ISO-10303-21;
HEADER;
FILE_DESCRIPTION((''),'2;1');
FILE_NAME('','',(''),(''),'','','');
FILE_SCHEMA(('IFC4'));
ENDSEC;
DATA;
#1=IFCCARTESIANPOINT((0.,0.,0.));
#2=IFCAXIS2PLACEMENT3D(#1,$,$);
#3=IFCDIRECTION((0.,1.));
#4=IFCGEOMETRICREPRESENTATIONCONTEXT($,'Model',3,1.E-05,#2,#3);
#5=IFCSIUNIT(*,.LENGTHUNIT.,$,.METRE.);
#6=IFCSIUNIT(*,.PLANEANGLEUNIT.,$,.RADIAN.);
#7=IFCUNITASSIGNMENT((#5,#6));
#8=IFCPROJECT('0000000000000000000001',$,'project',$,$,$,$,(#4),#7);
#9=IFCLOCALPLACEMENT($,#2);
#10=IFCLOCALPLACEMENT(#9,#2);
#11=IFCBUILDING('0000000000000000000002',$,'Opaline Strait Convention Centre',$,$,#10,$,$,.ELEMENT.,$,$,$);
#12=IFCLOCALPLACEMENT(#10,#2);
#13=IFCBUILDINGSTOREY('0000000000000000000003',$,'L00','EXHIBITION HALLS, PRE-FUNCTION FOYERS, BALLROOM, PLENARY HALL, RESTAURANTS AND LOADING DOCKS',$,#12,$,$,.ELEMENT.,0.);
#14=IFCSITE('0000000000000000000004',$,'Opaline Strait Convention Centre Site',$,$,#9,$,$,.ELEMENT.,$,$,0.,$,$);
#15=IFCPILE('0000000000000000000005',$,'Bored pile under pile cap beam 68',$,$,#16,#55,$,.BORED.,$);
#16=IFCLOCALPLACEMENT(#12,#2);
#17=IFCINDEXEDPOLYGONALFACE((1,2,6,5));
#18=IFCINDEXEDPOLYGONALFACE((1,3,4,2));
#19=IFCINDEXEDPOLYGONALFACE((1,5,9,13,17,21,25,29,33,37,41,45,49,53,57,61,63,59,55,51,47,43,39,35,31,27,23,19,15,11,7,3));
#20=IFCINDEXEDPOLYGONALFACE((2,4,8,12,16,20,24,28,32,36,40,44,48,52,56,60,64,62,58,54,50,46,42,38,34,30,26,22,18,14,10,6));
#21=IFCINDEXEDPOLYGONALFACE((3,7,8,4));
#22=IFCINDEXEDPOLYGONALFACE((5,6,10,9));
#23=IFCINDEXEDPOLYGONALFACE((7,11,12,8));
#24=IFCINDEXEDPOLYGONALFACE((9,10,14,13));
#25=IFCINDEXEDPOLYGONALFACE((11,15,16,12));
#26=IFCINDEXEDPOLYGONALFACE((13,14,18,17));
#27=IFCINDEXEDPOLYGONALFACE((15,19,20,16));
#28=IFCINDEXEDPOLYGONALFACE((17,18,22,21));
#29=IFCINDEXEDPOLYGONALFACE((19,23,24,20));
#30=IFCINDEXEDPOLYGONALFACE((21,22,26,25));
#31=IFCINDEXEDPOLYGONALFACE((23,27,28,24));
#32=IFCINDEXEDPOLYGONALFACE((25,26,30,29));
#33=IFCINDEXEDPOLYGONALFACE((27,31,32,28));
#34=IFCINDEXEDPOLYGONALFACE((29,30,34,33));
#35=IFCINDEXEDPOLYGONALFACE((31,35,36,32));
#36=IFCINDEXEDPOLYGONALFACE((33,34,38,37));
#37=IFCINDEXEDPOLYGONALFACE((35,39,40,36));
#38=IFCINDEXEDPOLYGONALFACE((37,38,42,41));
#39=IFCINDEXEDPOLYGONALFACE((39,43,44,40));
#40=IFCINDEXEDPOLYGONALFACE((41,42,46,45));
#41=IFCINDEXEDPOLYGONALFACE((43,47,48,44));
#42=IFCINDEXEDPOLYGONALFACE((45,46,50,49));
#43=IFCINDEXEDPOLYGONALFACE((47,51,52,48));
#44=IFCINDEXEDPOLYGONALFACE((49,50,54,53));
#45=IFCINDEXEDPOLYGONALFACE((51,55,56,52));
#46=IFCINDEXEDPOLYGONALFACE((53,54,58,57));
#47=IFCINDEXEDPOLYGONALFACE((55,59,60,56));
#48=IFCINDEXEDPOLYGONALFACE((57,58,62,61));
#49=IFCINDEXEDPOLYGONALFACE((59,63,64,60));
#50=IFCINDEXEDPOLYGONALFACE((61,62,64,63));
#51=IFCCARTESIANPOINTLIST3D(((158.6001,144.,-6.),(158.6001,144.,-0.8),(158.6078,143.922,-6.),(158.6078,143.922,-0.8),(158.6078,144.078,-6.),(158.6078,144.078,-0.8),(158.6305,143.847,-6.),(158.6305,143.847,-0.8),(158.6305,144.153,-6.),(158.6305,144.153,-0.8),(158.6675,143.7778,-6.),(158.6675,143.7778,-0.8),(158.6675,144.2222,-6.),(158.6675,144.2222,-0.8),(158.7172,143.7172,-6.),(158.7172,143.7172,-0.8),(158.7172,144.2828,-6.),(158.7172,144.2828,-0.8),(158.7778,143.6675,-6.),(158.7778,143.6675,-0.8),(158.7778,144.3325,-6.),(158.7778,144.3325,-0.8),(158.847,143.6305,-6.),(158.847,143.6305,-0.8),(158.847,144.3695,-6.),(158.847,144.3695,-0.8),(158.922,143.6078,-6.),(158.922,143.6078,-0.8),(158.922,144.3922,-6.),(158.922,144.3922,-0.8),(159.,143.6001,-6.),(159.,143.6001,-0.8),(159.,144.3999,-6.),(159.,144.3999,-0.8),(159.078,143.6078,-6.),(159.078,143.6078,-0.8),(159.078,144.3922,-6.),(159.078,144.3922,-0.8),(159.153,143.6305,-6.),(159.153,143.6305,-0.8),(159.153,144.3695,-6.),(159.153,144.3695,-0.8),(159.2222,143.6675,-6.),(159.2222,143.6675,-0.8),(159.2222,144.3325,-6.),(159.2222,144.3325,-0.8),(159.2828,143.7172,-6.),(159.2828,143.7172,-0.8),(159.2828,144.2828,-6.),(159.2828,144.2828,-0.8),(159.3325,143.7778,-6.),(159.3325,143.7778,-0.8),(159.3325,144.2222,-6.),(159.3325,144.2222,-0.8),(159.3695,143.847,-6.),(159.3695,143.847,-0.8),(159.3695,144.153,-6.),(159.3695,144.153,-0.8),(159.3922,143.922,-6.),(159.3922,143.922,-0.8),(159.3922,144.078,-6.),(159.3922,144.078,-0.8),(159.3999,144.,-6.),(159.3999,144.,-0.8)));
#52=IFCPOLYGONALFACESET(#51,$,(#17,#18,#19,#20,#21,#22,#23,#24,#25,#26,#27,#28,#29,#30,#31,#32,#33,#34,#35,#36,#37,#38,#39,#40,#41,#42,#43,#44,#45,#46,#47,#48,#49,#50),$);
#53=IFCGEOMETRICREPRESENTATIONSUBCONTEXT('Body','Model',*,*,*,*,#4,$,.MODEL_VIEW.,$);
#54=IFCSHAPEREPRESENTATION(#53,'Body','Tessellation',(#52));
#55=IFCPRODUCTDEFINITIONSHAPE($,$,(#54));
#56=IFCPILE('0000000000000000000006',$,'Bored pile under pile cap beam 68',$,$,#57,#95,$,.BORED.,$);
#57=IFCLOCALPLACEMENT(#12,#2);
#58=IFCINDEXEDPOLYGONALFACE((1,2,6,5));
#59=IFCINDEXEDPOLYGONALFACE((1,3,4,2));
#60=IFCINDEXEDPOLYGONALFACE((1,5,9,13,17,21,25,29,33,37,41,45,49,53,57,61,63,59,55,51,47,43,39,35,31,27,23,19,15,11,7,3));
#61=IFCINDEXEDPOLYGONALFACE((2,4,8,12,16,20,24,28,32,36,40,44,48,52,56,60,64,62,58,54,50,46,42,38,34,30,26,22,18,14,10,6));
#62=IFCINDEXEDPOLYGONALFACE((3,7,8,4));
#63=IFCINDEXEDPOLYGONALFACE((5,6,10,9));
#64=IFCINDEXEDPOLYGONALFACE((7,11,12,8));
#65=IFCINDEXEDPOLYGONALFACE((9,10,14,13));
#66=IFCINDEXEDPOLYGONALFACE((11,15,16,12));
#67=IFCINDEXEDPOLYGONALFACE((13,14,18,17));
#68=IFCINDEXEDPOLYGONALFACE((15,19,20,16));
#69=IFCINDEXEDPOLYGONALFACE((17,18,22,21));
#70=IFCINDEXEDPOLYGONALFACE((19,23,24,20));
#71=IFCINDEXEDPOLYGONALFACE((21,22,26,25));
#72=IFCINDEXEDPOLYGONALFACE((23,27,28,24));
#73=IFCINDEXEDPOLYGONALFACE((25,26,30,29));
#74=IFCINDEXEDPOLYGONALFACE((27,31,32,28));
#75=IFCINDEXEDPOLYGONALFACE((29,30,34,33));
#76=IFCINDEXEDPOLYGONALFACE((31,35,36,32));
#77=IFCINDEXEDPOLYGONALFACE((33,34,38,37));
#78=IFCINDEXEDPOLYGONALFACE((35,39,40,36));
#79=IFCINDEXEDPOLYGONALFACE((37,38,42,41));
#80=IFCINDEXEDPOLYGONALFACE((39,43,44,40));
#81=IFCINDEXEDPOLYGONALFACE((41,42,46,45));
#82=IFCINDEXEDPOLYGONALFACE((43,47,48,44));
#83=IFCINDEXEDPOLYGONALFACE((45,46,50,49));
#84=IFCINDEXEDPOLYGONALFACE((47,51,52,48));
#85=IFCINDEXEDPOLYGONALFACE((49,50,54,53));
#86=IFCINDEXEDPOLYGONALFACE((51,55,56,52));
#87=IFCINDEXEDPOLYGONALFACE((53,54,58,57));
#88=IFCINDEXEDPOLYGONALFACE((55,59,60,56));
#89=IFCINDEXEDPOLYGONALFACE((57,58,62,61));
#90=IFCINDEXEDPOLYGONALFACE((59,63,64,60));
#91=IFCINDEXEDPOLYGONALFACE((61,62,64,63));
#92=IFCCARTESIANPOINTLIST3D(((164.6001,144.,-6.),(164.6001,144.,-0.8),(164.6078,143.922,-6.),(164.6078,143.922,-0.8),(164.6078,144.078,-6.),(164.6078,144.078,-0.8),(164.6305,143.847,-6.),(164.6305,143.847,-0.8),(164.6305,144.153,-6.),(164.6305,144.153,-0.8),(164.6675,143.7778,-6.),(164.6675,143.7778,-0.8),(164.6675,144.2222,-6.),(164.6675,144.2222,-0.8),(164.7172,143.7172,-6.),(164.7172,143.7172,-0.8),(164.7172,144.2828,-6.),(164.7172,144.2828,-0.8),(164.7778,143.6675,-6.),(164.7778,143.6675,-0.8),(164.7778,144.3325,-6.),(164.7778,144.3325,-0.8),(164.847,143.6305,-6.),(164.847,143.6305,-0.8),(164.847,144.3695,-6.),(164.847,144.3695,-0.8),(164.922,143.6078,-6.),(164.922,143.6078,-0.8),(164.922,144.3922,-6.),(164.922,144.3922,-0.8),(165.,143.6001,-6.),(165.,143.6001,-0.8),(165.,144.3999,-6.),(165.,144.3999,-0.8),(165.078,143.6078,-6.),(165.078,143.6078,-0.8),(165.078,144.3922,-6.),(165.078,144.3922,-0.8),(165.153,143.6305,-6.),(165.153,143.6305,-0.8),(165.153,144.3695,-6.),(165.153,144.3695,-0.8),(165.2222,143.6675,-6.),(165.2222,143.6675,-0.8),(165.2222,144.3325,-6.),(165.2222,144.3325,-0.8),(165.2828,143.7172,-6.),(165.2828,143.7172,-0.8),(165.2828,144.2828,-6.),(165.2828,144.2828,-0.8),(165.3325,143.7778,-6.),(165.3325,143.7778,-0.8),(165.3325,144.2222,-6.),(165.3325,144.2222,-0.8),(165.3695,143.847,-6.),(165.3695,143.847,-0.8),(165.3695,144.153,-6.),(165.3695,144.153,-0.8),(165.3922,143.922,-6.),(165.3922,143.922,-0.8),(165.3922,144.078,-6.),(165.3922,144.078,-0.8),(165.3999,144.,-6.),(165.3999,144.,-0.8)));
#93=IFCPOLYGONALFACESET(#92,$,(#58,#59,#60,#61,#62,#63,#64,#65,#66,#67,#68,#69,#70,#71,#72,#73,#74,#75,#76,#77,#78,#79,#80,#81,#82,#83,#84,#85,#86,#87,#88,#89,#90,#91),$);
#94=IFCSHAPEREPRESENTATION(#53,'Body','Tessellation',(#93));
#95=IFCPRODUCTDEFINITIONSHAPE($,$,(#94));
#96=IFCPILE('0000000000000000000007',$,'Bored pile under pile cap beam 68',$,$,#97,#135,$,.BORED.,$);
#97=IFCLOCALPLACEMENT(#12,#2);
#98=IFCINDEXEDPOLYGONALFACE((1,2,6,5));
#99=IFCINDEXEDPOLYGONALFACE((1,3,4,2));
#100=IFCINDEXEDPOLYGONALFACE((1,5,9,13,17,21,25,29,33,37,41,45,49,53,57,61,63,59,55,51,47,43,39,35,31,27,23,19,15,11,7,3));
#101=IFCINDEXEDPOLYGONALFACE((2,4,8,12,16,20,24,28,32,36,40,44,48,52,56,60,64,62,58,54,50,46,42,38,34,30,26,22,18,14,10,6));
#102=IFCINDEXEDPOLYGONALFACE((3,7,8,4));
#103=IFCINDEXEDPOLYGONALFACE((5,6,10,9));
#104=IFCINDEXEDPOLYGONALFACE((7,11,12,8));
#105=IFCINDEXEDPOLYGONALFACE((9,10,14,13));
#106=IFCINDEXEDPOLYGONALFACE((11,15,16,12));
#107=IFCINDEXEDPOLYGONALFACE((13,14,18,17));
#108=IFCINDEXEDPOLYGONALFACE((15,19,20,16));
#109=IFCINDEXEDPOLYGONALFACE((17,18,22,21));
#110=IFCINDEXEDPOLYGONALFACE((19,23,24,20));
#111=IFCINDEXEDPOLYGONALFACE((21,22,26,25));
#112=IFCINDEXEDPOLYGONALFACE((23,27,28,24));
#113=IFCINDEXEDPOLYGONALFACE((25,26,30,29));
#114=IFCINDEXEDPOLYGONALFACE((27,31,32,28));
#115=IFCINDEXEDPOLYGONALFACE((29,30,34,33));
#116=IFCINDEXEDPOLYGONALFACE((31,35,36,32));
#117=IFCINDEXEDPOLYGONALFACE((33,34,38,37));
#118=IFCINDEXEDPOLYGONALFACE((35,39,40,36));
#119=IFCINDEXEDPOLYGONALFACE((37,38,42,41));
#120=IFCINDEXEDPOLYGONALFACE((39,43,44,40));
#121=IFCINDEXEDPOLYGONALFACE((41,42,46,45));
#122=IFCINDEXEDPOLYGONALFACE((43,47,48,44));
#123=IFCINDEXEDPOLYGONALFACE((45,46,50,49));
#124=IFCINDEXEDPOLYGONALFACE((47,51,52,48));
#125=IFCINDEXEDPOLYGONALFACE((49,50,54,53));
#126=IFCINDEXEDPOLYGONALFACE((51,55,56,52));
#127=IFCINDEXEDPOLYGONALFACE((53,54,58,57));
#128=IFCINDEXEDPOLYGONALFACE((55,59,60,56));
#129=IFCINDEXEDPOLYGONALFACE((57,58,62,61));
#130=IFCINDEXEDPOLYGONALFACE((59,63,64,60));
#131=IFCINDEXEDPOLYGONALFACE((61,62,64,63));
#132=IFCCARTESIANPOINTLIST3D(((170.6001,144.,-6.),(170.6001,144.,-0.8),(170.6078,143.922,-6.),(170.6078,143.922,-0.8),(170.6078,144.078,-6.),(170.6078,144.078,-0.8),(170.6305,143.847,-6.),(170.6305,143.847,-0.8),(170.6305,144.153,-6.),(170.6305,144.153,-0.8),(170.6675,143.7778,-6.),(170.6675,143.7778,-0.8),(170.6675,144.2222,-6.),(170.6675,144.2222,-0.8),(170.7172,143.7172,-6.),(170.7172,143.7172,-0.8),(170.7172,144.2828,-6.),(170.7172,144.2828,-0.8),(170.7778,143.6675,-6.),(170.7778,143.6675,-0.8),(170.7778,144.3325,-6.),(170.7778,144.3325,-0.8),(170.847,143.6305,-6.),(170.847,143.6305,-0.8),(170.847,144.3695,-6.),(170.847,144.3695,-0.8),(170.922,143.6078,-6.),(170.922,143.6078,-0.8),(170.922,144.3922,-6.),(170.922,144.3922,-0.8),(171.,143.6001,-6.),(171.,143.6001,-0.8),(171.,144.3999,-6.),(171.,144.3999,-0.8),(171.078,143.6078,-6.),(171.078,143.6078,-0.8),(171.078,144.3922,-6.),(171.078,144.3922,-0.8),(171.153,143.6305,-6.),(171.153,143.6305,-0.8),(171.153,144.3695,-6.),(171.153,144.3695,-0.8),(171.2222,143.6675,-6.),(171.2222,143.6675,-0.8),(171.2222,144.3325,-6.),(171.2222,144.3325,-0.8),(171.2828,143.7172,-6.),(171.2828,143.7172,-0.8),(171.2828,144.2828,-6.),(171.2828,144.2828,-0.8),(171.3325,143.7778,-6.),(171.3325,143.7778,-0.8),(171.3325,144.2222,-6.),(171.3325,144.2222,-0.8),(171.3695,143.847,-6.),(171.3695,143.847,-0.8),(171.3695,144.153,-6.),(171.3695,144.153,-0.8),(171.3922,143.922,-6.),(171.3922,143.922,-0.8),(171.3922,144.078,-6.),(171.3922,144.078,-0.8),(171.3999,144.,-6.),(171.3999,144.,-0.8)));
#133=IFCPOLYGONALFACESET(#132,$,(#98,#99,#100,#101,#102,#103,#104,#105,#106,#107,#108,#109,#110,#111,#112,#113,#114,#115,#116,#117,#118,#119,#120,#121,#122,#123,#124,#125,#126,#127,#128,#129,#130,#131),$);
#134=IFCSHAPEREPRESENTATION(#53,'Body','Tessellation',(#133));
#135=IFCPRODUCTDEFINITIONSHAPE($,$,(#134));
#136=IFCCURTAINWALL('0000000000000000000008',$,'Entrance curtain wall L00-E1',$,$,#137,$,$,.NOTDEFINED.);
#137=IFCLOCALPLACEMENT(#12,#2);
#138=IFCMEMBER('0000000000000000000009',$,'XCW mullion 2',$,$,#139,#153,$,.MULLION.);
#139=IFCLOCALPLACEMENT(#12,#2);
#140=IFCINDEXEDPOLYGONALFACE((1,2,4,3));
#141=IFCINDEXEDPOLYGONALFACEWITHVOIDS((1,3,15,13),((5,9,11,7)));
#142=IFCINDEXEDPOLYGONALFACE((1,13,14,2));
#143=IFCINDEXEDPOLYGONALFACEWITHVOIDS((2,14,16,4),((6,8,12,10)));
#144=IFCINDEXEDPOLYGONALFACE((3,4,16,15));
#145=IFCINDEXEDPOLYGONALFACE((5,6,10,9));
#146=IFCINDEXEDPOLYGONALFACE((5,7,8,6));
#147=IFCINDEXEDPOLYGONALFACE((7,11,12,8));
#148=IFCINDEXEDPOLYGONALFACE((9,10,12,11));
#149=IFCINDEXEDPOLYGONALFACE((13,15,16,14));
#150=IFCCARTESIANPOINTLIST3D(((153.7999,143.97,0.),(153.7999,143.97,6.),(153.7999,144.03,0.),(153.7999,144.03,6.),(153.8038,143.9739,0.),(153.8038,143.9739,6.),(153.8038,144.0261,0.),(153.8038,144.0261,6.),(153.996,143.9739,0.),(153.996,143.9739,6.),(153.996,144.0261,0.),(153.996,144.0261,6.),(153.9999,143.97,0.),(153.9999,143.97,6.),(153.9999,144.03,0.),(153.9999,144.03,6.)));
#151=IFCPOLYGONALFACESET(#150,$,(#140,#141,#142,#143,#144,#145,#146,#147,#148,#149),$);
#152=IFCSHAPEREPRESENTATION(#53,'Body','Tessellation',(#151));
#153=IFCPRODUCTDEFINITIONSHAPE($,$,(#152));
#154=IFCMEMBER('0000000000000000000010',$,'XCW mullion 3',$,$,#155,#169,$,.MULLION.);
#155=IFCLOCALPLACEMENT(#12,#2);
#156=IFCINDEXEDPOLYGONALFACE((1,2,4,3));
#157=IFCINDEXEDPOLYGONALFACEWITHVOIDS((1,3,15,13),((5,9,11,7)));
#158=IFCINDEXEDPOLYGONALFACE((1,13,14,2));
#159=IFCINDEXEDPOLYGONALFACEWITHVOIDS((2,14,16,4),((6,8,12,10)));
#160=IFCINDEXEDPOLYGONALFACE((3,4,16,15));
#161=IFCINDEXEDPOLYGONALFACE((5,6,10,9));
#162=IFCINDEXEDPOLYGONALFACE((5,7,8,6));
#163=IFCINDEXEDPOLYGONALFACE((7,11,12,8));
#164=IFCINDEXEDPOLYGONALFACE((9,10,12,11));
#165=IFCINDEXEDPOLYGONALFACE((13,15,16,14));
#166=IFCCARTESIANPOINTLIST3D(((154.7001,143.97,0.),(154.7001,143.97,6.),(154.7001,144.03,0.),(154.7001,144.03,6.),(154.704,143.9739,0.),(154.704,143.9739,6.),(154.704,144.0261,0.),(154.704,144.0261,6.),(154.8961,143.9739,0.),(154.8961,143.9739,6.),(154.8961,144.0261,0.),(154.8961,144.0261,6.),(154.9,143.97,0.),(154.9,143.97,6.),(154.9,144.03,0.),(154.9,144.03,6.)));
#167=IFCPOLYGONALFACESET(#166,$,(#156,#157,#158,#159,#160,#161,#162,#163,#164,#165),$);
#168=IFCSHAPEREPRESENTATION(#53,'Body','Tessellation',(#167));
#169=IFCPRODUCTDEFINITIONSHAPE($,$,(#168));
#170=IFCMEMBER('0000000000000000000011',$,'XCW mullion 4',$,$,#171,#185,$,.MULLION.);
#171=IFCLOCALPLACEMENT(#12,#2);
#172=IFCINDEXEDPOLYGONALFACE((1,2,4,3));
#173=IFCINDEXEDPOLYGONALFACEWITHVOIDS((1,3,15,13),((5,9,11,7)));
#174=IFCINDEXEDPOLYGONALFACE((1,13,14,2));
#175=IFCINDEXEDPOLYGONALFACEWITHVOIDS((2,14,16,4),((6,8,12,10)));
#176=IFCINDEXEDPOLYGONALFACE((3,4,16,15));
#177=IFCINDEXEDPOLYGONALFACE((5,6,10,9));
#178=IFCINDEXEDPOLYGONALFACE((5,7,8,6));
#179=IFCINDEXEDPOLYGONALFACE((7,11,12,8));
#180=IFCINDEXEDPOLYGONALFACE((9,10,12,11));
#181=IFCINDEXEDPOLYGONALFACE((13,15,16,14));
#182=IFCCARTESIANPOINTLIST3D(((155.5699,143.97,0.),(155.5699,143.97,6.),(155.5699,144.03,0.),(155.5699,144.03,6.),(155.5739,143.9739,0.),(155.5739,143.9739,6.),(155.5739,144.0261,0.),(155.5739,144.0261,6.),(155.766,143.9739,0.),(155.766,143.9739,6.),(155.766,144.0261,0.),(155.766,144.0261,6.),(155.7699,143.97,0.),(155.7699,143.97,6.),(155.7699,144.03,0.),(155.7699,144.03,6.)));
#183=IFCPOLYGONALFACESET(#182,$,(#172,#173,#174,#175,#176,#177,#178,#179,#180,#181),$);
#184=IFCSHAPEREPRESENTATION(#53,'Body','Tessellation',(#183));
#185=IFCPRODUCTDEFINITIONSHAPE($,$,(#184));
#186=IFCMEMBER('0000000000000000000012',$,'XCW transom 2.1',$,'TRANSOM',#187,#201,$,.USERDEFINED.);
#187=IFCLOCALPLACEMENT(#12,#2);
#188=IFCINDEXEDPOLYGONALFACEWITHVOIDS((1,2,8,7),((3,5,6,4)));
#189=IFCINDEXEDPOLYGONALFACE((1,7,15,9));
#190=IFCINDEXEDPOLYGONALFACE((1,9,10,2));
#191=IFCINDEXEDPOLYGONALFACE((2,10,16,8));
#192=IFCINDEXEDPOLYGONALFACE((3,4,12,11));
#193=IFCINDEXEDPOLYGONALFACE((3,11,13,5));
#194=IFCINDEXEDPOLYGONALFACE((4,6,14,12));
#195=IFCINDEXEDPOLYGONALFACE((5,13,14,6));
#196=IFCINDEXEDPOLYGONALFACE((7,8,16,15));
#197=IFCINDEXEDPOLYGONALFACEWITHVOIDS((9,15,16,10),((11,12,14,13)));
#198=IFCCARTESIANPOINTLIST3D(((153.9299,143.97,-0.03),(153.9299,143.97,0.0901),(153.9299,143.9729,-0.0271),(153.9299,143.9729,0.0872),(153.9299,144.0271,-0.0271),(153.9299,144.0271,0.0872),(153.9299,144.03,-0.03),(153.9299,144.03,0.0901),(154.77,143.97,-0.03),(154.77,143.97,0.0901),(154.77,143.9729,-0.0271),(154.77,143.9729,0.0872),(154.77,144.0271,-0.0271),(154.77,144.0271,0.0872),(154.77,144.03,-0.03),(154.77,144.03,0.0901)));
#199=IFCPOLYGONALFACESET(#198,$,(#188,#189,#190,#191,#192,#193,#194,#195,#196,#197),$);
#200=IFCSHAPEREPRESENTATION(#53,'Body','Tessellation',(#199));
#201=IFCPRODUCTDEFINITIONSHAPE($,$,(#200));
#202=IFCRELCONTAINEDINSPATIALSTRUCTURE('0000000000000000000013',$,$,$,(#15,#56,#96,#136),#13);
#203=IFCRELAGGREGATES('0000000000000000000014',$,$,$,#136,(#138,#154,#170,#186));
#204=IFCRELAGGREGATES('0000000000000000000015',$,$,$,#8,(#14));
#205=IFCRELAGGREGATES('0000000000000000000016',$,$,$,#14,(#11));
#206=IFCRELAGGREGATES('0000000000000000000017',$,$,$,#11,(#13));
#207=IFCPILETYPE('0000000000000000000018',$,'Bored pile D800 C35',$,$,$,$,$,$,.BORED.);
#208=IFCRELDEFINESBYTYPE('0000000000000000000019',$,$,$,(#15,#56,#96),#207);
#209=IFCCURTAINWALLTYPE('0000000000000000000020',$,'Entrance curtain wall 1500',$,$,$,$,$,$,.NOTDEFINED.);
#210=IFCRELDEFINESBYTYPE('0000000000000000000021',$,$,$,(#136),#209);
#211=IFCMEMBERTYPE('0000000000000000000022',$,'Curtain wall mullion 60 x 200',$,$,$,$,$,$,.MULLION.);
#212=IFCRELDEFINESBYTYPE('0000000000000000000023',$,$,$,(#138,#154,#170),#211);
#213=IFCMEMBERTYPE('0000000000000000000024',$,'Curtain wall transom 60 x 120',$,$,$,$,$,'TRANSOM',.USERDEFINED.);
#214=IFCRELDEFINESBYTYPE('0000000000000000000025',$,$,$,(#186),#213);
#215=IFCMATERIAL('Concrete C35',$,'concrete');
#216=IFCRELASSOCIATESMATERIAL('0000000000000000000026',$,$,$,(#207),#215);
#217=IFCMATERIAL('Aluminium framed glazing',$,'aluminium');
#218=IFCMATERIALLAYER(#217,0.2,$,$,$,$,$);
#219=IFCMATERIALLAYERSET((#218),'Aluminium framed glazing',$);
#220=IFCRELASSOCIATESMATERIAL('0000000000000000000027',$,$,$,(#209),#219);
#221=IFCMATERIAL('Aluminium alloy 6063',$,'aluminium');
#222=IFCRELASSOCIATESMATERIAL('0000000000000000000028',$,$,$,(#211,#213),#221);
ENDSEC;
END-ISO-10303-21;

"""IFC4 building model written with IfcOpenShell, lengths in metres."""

from ifc_helpers import new_model, si_unit, direction, frame, origin, origin_2d, place, context, subcontext, project, spatial, hollow_rectangle, circle, extrude, material, layer, layer_set, material_profile, profile_set, type_object, element, aggregate, save


model = new_model("IFC4")

# Units and contexts
model_context = context("Model", 3, precision=1e-05, world=origin(), true_north=direction((0.0, 1.0)))
body_context = subcontext(model_context, "Body", "Model", "MODEL_VIEW")
ifc_project = project(units=[si_unit("LENGTHUNIT", "METRE"), si_unit("PLANEANGLEUNIT", "RADIAN")], contexts=[model_context])

# Site, building, storey
site_placement = place(None, origin())
site = spatial("IfcSite", under=ifc_project, at=site_placement, Name="Opaline Strait Convention Centre Site", CompositionType="ELEMENT", RefElevation=0.0)
building_placement = place(site_placement, origin())
building = spatial("IfcBuilding", under=site, at=building_placement, Name="Opaline Strait Convention Centre", CompositionType="ELEMENT")
storey_placement = place(building_placement, origin())
storey = spatial("IfcBuildingStorey", under=building, at=storey_placement, Name="L00", Description="EXHIBITION HALLS, PRE-FUNCTION FOYERS, BALLROOM, PLENARY HALL, RESTAURANTS AND LOADING DOCKS", CompositionType="ELEMENT", Elevation=0.0)

# Piles
ifc_material_1 = material(Name="Concrete C35", Category="concrete")
ifc_material_profile_1 = material_profile(ifc_material_1, circle(Radius=0.3999, at=origin_2d()), Name="D800")
ifc_profile_set_1 = profile_set([ifc_material_profile_1], Name="Concrete C35")
pile_type = type_object("IfcPileType", Name="Bored pile D800 C35", PredefinedType="BORED", material=ifc_profile_set_1)
for number, where, z_axis, x_axis, name in (
    (1, (159.0, 144.0, -0.8), (0.0, 0.0, -1.0), (1.0, 0.0, 0.0), "Bored pile under pile cap beam 68"),
    (2, (165.0, 144.0, -0.8), (0.0, 0.0, -1.0), (1.0, 0.0, 0.0), "Bored pile under pile cap beam 68"),
    (3, (171.0, 144.0, -0.8), (0.0, 0.0, -1.0), (1.0, 0.0, 0.0), "Bored pile under pile cap beam 68"),
):
    element("IfcPile", number, at=place(storey_placement, frame(where, z_axis=z_axis, x_axis=x_axis)), inside=storey, type_object=pile_type, Name=name, PredefinedType="BORED", context=body_context, shape_type="SweptSolid", body=[
        extrude(circle(Radius=0.3999, at=origin_2d()), origin(), (0.0, 0.0, 1.0), 5.2),
    ])

# Curtain wall, members
ifc_material_2 = material(Name="Aluminium framed glazing", Category="aluminium")
ifc_layer_1 = layer(ifc_material_2, 0.2)
ifc_layer_set_1 = layer_set([ifc_layer_1], Name="Aluminium framed glazing")
curtain_wall_type = type_object("IfcCurtainWallType", Name="Entrance curtain wall 1500", PredefinedType="NOTDEFINED", material=ifc_layer_set_1)
curtain_wall_placement = place(storey_placement, origin())
curtain_wall = element("IfcCurtainWall", 4, at=curtain_wall_placement, inside=storey, type_object=curtain_wall_type, Name="Entrance curtain wall L00-E1", PredefinedType="NOTDEFINED")
ifc_material_3 = material(Name="Aluminium alloy 6063", Category="aluminium")
ifc_material_profile_2 = material_profile(ifc_material_3, hollow_rectangle(XDim=0.0601, YDim=0.2, WallThickness=0.0039, at=origin_2d()), Name="MULLION 60x200x4")
ifc_profile_set_2 = profile_set([ifc_material_profile_2], Name="Aluminium alloy 6063")
member_type_1 = type_object("IfcMemberType", Name="Curtain wall mullion 60 x 200", PredefinedType="MULLION", material=ifc_profile_set_2)
member_1_placement = place(storey_placement, frame((153.8999, 144.0, 0.0), z_axis=(0.0, 0.0, 1.0), x_axis=(0.0, 1.0, 0.0)))
member_1 = element("IfcMember", 5, at=member_1_placement, type_object=member_type_1, Name="XCW mullion 2", PredefinedType="MULLION", context=body_context, shape_type="SweptSolid", body=[
    extrude(hollow_rectangle(XDim=0.0601, YDim=0.2, WallThickness=0.0039, at=origin_2d()), origin(), (0.0, 0.0, 1.0), 6.0),
])
member_2_placement = place(storey_placement, frame((154.8, 144.0, 0.0), z_axis=(0.0, 0.0, 1.0), x_axis=(0.0, 1.0, 0.0)))
member_2 = element("IfcMember", 6, at=member_2_placement, type_object=member_type_1, Name="XCW mullion 3", PredefinedType="MULLION", context=body_context, shape_type="SweptSolid", body=[
    extrude(hollow_rectangle(XDim=0.0601, YDim=0.2, WallThickness=0.0039, at=origin_2d()), origin(), (0.0, 0.0, 1.0), 6.0),
])
member_3_placement = place(storey_placement, frame((155.6699, 144.0, 0.0), z_axis=(0.0, 0.0, 1.0), x_axis=(0.0, 1.0, 0.0)))
member_3 = element("IfcMember", 7, at=member_3_placement, type_object=member_type_1, Name="XCW mullion 4", PredefinedType="MULLION", context=body_context, shape_type="SweptSolid", body=[
    extrude(hollow_rectangle(XDim=0.0601, YDim=0.2, WallThickness=0.0039, at=origin_2d()), origin(), (0.0, 0.0, 1.0), 6.0),
])
ifc_material_profile_3 = material_profile(ifc_material_3, hollow_rectangle(XDim=0.0601, YDim=0.1201, WallThickness=0.0029, at=origin_2d()), Name="TRANSOM 60x120x3")
ifc_profile_set_3 = profile_set([ifc_material_profile_3], Name="Aluminium alloy 6063")
member_type_2 = type_object("IfcMemberType", Name="Curtain wall transom 60 x 120", ElementType="TRANSOM", PredefinedType="USERDEFINED", material=ifc_profile_set_3)
member_4_placement = place(storey_placement, frame((153.9299, 144.0, 0.03), z_axis=(1.0, 0.0, 0.0), x_axis=(0.0, 1.0, 0.0)))
member_4 = element("IfcMember", 8, at=member_4_placement, type_object=member_type_2, Name="XCW transom 2.1", ObjectType="TRANSOM", PredefinedType="USERDEFINED", context=body_context, shape_type="SweptSolid", body=[
    extrude(hollow_rectangle(XDim=0.0601, YDim=0.1201, WallThickness=0.0029, at=origin_2d()), origin(), (0.0, 0.0, 1.0), 0.8401),
])
aggregate(curtain_wall, [member_1, member_2, member_3, member_4])

save(model, "model.ifc")
